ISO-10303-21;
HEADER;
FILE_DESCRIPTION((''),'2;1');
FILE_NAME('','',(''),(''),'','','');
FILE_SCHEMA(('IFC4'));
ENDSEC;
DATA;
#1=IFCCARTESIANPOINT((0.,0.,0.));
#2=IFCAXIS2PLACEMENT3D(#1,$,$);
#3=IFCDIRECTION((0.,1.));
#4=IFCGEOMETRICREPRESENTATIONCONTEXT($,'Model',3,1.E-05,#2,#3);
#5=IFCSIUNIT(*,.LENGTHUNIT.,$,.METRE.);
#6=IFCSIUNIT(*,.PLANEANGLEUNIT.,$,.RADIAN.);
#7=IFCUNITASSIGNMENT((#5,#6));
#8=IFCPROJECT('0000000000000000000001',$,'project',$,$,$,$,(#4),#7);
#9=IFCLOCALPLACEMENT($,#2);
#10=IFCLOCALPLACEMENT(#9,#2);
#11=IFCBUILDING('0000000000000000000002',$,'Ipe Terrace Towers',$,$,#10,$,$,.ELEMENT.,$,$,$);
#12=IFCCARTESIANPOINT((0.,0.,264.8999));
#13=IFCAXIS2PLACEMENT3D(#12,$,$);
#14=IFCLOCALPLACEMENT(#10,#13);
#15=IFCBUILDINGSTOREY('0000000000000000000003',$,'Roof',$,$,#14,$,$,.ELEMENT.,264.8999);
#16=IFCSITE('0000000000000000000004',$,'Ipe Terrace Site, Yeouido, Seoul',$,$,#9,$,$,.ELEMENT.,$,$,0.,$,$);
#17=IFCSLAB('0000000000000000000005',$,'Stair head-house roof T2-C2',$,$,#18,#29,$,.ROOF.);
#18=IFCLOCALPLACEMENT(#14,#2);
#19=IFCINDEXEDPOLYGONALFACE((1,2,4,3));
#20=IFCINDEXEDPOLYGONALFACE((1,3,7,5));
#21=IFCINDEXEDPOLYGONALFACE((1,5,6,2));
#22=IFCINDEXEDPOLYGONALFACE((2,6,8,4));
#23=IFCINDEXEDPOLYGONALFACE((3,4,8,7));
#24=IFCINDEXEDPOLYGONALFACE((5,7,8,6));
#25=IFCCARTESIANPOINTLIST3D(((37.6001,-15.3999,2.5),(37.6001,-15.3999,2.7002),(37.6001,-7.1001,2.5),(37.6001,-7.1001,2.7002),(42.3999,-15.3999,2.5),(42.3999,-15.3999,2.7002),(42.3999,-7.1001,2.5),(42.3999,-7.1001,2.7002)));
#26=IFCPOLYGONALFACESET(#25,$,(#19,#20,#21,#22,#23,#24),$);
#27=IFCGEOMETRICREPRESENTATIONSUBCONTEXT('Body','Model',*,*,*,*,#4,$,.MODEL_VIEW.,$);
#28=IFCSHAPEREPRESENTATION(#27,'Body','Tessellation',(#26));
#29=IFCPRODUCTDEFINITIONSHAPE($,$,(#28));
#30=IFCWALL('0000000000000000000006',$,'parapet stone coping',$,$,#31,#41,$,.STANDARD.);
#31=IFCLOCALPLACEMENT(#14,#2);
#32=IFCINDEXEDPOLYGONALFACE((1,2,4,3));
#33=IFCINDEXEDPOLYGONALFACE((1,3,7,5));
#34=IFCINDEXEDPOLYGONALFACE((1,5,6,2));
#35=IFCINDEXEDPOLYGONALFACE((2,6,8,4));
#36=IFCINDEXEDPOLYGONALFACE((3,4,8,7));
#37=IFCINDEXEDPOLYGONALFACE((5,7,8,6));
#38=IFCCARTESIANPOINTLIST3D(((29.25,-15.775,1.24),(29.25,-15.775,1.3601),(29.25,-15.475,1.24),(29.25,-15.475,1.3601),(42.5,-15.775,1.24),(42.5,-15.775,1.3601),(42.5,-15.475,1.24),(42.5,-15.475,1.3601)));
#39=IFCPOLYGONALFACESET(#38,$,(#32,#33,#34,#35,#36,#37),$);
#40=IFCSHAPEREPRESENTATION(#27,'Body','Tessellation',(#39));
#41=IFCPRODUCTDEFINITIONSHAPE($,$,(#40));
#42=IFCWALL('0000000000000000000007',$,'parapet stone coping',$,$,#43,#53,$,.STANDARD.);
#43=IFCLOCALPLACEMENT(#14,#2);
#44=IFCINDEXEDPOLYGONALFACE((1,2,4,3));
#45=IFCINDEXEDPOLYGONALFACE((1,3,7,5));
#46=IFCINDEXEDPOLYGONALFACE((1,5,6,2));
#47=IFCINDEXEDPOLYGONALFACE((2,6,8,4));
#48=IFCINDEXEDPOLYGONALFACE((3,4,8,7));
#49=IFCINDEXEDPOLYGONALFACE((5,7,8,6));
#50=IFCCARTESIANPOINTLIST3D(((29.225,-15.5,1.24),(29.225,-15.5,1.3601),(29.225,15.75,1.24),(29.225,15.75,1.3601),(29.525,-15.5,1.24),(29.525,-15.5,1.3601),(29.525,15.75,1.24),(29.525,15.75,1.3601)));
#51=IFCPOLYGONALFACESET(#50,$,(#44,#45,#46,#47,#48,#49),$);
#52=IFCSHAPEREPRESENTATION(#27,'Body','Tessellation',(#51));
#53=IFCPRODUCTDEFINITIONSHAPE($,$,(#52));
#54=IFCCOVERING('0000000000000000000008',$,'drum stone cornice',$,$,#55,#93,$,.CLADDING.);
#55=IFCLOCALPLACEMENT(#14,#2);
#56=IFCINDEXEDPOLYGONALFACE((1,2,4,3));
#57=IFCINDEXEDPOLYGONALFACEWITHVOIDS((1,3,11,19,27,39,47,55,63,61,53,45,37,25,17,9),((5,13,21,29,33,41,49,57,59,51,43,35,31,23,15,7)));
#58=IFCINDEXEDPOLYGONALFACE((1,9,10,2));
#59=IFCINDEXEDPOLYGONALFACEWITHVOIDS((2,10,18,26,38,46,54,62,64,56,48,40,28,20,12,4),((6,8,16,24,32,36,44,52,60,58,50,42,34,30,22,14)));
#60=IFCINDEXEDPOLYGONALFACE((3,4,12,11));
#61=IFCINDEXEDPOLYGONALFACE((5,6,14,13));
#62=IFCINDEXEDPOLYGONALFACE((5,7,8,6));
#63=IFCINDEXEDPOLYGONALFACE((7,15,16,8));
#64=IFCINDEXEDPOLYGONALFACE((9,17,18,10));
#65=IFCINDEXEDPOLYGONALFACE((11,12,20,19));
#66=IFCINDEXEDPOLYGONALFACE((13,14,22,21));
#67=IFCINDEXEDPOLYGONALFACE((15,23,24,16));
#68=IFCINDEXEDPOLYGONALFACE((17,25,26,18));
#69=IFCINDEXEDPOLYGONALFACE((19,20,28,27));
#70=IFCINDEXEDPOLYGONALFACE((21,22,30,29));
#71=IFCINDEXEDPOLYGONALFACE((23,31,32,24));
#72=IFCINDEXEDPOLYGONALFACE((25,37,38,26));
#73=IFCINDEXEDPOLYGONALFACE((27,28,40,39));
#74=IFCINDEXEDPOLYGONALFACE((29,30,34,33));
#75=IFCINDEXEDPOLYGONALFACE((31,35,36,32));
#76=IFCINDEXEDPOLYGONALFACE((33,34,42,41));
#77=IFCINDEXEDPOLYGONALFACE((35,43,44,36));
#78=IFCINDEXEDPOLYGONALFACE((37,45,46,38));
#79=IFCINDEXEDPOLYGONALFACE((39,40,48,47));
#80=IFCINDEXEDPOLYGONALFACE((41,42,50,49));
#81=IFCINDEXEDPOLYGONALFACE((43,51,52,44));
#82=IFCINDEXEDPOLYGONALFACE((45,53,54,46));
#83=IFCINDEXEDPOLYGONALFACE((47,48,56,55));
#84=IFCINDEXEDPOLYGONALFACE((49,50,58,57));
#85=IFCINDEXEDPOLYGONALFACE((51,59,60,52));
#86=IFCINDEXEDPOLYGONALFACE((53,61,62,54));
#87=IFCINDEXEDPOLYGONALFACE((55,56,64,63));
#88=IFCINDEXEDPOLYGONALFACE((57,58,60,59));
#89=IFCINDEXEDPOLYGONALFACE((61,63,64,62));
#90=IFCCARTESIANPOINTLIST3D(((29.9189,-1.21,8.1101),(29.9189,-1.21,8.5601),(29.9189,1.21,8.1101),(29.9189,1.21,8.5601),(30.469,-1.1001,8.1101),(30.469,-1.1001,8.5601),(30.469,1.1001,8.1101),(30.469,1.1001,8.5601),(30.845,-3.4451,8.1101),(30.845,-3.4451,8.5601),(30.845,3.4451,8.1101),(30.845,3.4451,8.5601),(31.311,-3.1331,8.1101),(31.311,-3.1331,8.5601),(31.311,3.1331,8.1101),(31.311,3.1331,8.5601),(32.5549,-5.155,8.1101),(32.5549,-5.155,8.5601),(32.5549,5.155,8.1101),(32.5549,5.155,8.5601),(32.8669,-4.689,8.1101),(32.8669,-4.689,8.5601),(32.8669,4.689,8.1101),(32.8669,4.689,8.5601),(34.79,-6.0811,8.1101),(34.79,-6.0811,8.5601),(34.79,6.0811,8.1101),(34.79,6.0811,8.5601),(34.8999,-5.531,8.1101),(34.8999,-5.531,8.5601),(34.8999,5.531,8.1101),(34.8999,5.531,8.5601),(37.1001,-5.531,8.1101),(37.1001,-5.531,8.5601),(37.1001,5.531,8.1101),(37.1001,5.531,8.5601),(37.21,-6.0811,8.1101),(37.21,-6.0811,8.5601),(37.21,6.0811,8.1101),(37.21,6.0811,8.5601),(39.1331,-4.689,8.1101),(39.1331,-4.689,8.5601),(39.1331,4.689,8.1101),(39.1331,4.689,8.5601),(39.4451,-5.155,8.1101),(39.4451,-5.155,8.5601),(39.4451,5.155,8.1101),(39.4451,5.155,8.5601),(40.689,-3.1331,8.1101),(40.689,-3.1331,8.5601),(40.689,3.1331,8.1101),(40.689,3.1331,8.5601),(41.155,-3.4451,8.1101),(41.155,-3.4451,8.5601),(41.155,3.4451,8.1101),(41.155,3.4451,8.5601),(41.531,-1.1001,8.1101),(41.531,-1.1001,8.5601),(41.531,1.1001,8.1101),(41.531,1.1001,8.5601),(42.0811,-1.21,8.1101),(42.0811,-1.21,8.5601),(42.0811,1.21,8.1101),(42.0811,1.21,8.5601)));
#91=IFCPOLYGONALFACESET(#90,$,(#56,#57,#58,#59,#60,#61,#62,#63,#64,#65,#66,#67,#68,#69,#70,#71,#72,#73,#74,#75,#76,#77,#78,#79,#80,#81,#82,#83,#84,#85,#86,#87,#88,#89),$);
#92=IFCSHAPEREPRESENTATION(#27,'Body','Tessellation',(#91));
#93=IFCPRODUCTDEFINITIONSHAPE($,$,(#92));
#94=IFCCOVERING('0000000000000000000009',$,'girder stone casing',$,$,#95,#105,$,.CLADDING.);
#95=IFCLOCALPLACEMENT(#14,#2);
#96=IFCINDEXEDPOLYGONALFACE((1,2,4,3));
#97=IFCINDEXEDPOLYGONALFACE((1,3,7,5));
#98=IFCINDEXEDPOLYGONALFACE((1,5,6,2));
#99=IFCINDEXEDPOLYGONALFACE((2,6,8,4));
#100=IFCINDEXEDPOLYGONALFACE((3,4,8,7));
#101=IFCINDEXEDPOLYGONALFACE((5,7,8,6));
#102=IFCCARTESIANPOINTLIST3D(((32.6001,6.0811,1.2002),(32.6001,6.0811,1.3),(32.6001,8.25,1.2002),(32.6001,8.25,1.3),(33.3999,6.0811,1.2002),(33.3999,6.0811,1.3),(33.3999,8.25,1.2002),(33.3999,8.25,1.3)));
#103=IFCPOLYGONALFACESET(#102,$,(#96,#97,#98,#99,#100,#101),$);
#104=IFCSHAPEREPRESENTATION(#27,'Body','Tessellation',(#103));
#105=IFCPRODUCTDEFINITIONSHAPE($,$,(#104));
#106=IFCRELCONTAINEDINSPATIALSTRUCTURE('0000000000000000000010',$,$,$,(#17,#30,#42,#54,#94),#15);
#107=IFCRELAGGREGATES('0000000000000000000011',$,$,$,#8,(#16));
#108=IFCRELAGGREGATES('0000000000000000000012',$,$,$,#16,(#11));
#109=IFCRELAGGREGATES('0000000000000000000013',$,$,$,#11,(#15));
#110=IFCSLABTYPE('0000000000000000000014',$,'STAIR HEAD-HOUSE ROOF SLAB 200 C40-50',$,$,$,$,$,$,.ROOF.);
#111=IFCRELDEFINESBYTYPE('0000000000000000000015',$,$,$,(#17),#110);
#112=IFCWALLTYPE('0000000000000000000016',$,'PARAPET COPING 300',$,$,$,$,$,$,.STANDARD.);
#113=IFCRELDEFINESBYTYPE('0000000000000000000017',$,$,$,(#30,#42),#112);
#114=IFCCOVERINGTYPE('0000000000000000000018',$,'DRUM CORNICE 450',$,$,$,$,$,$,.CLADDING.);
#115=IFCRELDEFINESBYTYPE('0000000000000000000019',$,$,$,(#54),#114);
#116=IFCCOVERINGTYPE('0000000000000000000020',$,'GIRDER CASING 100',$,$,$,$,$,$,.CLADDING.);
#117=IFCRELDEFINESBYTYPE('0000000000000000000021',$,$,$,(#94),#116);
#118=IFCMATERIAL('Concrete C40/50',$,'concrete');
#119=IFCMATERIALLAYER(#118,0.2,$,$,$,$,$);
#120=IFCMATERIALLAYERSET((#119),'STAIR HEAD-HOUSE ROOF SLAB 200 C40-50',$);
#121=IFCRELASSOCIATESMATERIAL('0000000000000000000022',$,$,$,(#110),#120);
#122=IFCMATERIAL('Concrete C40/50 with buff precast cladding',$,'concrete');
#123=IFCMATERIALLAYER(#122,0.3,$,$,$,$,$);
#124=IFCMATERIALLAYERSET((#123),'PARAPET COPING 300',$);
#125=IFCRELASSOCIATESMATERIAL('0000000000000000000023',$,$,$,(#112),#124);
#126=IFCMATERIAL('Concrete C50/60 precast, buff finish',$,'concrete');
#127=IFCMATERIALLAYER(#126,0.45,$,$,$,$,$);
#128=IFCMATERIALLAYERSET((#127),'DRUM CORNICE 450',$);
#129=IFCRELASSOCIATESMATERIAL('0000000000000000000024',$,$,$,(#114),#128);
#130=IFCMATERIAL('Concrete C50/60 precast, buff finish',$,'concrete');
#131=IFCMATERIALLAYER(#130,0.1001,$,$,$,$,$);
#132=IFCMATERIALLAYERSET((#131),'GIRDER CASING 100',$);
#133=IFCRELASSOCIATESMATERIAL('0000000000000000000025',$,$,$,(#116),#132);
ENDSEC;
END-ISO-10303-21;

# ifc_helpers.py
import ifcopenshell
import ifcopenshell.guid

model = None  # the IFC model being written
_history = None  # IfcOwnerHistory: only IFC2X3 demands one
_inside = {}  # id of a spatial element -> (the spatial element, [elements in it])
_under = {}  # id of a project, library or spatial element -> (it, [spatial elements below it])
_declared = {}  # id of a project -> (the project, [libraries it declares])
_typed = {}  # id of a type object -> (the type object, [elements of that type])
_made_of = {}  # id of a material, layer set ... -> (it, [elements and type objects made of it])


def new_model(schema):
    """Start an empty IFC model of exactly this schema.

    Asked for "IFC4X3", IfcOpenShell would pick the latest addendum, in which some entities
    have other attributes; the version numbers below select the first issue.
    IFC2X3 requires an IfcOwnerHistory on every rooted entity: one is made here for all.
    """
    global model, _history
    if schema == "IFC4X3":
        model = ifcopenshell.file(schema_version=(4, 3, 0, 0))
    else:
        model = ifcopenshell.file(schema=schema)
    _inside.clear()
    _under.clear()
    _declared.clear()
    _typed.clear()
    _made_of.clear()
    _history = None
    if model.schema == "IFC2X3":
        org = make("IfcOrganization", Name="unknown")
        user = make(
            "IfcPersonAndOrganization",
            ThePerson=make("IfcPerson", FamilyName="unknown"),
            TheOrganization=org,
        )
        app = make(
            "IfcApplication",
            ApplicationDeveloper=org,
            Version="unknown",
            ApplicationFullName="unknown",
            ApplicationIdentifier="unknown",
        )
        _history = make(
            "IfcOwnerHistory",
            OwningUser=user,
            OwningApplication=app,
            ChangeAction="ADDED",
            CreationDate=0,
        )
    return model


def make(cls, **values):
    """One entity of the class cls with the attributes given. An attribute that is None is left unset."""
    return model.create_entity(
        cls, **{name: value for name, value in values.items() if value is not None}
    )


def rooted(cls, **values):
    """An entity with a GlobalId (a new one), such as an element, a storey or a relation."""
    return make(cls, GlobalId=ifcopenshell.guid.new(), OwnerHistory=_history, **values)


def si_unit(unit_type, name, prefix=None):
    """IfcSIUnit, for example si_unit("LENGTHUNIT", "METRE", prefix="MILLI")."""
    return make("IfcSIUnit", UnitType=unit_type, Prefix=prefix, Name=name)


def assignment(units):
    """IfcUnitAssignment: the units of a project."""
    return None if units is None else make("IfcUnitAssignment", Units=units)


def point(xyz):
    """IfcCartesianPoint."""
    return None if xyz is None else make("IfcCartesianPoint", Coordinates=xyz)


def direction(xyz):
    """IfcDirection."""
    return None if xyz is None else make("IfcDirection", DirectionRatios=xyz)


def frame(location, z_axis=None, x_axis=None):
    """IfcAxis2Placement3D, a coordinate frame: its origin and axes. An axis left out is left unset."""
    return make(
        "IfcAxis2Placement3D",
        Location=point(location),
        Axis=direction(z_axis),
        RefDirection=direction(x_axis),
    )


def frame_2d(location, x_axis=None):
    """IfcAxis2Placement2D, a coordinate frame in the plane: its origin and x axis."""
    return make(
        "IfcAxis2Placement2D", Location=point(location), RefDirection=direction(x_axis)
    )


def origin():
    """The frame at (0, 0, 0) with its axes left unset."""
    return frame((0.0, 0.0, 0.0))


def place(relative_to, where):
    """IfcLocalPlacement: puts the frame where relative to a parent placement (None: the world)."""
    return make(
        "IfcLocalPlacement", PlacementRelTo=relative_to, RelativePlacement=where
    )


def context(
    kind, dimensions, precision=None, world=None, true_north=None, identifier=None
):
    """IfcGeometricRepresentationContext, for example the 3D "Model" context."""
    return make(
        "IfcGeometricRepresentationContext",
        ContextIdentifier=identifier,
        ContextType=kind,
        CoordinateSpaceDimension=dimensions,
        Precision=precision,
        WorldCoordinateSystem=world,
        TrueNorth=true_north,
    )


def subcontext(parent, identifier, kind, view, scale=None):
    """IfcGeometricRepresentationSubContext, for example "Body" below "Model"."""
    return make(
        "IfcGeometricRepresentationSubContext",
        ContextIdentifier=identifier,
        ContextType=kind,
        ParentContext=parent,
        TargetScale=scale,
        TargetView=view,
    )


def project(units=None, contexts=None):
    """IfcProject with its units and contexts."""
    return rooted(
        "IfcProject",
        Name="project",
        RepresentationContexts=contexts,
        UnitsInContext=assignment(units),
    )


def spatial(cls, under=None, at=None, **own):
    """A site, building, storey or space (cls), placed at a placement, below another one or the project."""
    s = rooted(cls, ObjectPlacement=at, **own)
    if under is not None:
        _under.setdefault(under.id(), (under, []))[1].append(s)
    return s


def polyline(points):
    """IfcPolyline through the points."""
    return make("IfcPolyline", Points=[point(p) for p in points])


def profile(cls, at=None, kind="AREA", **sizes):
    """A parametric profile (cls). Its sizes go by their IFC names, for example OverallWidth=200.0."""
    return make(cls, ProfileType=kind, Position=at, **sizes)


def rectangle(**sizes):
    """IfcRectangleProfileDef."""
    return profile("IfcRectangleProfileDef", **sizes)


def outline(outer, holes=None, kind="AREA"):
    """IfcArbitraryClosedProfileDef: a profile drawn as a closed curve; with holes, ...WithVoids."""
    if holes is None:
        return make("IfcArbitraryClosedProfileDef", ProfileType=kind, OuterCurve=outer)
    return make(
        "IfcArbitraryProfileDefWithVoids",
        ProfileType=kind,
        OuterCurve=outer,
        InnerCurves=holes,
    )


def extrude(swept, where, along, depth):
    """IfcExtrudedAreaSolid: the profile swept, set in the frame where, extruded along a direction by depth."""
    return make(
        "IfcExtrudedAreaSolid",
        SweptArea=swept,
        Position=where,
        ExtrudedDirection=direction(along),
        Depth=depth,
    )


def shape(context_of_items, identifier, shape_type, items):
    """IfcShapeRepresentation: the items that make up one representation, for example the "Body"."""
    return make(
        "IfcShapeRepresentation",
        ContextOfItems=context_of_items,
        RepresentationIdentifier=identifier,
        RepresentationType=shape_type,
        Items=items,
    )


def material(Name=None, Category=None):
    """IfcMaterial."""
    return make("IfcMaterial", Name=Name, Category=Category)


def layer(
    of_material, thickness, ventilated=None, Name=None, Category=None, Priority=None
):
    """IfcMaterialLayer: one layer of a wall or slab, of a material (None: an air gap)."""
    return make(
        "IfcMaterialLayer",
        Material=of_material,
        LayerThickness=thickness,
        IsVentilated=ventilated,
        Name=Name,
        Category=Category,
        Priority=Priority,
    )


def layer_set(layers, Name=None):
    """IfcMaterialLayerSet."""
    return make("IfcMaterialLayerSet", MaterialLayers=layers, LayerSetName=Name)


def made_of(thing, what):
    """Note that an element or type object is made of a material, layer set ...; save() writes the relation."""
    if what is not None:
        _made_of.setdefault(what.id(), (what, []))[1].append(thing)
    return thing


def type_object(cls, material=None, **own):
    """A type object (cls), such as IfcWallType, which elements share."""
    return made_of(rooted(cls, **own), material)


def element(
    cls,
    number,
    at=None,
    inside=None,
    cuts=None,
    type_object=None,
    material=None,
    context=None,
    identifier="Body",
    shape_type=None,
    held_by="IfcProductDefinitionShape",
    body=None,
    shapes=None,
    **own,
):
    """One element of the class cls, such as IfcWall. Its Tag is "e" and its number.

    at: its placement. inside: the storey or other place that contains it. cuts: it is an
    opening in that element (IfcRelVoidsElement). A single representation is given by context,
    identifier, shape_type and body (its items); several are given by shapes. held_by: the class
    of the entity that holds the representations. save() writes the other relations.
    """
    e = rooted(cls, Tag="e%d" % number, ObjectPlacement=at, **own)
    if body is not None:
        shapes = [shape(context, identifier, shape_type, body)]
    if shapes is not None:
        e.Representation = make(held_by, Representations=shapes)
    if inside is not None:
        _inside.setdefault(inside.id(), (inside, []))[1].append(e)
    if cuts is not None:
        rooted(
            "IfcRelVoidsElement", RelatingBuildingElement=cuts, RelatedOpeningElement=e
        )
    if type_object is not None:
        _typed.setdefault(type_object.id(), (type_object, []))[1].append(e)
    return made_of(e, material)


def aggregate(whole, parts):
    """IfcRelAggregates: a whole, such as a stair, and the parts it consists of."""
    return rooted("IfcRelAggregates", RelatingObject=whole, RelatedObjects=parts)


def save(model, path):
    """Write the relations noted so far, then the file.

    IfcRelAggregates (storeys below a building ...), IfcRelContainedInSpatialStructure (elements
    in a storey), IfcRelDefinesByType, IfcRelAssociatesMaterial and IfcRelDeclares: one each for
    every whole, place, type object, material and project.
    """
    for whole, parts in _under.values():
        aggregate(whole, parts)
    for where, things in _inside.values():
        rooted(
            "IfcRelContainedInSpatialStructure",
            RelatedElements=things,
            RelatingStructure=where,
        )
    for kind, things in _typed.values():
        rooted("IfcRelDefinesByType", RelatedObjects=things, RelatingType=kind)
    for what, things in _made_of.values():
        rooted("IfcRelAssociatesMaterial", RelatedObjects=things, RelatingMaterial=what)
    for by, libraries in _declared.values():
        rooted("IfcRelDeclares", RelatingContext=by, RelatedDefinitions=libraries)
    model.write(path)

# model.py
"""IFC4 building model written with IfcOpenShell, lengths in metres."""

from ifc_helpers import new_model, si_unit, direction, frame, frame_2d, origin, place, context, subcontext, project, spatial, polyline, rectangle, outline, extrude, material, layer, layer_set, type_object, element, save


model = new_model("IFC4")

# Units and contexts
model_context = context("Model", 3, precision=1e-05, world=origin(), true_north=direction((0.0, 1.0)))
body_context = subcontext(model_context, "Body", "Model", "MODEL_VIEW")
ifc_project = project(units=[si_unit("LENGTHUNIT", "METRE"), si_unit("PLANEANGLEUNIT", "RADIAN")], contexts=[model_context])

# Site, building, storey
site_placement = place(None, origin())
site = spatial("IfcSite", under=ifc_project, at=site_placement, Name="Ipe Terrace Site, Yeouido, Seoul", CompositionType="ELEMENT", RefElevation=0.0)
building_placement = place(site_placement, origin())
building = spatial("IfcBuilding", under=site, at=building_placement, Name="Ipe Terrace Towers", CompositionType="ELEMENT")
storey_placement = place(building_placement, frame((0.0, 0.0, 264.8999)))
storey = spatial("IfcBuildingStorey", under=building, at=storey_placement, Name="Roof", CompositionType="ELEMENT", Elevation=264.8999)

# Slab
ifc_material_1 = material(Name="Concrete C40/50", Category="concrete")
ifc_layer_1 = layer(ifc_material_1, 0.2)
ifc_layer_set_1 = layer_set([ifc_layer_1], Name="STAIR HEAD-HOUSE ROOF SLAB 200 C40-50")
slab_type_1 = type_object("IfcSlabType", Name="STAIR HEAD-HOUSE ROOF SLAB 200 C40-50", PredefinedType="ROOF", material=ifc_layer_set_1)
slab_1_placement = place(storey_placement, frame((0.0, 0.0, 2.5)))
element("IfcSlab", 1, at=slab_1_placement, inside=storey, type_object=slab_type_1, Name="Stair head-house roof T2-C2", PredefinedType="ROOF", context=body_context, shape_type="SweptSolid", body=[
    extrude(outline(polyline([(37.6001, -7.1001), (37.6001, -15.3999), (42.3999, -15.3999), (42.3999, -7.1001), (37.6001, -7.1001)])), origin(), (0.0, 0.0, 1.0), 0.2002),
])

# Walls
ifc_material_2 = material(Name="Concrete C40/50 with buff precast cladding", Category="concrete")
ifc_layer_2 = layer(ifc_material_2, 0.3)
ifc_layer_set_2 = layer_set([ifc_layer_2], Name="PARAPET COPING 300")
wall_type = type_object("IfcWallType", Name="PARAPET COPING 300", PredefinedType="STANDARD", material=ifc_layer_set_2)
wall_1_placement = place(storey_placement, frame((29.25, -15.625, 1.24), z_axis=(0.0, 0.0, 1.0), x_axis=(1.0, 0.0, 0.0)))
element("IfcWall", 2, at=wall_1_placement, inside=storey, type_object=wall_type, Name="parapet stone coping", PredefinedType="STANDARD", context=body_context, shape_type="SweptSolid", body=[
    extrude(rectangle(XDim=13.25, YDim=0.3, at=frame_2d((6.625, 0.0))), origin(), (0.0, 0.0, 1.0), 0.1201),
])
wall_2_placement = place(storey_placement, frame((29.375, 15.75, 1.24), z_axis=(0.0, 0.0, 1.0), x_axis=(0.0, -1.0, 0.0)))
element("IfcWall", 3, at=wall_2_placement, inside=storey, type_object=wall_type, Name="parapet stone coping", PredefinedType="STANDARD", context=body_context, shape_type="SweptSolid", body=[
    extrude(rectangle(XDim=31.25, YDim=0.3, at=frame_2d((15.625, 0.0))), origin(), (0.0, 0.0, 1.0), 0.1201),
])

# Coverings
ifc_material_3 = material(Name="Concrete C50/60 precast, buff finish", Category="concrete")
ifc_layer_3 = layer(ifc_material_3, 0.45)
ifc_layer_set_3 = layer_set([ifc_layer_3], Name="DRUM CORNICE 450")
covering_type_1 = type_object("IfcCoveringType", Name="DRUM CORNICE 450", PredefinedType="CLADDING", material=ifc_layer_set_3)
covering_1_placement = place(storey_placement, frame((0.0, 0.0, 8.1101)))
element("IfcCovering", 4, at=covering_1_placement, inside=storey, type_object=covering_type_1, Name="drum stone cornice", PredefinedType="CLADDING", context=body_context, shape_type="SweptSolid", body=[
    extrude(outline(polyline([(42.0811, -1.21), (41.155, -3.4451), (39.4451, -5.155), (37.21, -6.0811), (34.79, -6.0811), (32.5549, -5.155), (30.845, -3.4451), (29.9189, -1.21), (29.9189, 1.21), (30.845, 3.4451), (32.5549, 5.155), (34.79, 6.0811), (37.21, 6.0811), (39.4451, 5.155), (41.155, 3.4451), (42.0811, 1.21), (42.0811, -1.21)]), holes=[polyline([(40.689, 3.1331), (39.1331, 4.689), (37.1001, 5.531), (34.8999, 5.531), (32.8669, 4.689), (31.311, 3.1331), (30.469, 1.1001), (30.469, -1.1001), (31.311, -3.1331), (32.8669, -4.689), (34.8999, -5.531), (37.1001, -5.531), (39.1331, -4.689), (40.689, -3.1331), (41.531, -1.1001), (41.531, 1.1001), (40.689, 3.1331)])]), origin(), (0.0, 0.0, 1.0), 0.45),
])
ifc_material_4 = material(Name="Concrete C50/60 precast, buff finish", Category="concrete")
ifc_layer_4 = layer(ifc_material_4, 0.1001)
ifc_layer_set_4 = layer_set([ifc_layer_4], Name="GIRDER CASING 100")
covering_type_2 = type_object("IfcCoveringType", Name="GIRDER CASING 100", PredefinedType="CLADDING", material=ifc_layer_set_4)
covering_2_placement = place(storey_placement, frame((0.0, 0.0, 1.2002)))
element("IfcCovering", 5, at=covering_2_placement, inside=storey, type_object=covering_type_2, Name="girder stone casing", PredefinedType="CLADDING", context=body_context, shape_type="SweptSolid", body=[
    extrude(outline(polyline([(33.3999, 6.0811), (33.3999, 8.25), (32.6001, 8.25), (32.6001, 6.0811), (33.3999, 6.0811)])), origin(), (0.0, 0.0, 1.0), 0.0999),
])

save(model, "model.ifc")
